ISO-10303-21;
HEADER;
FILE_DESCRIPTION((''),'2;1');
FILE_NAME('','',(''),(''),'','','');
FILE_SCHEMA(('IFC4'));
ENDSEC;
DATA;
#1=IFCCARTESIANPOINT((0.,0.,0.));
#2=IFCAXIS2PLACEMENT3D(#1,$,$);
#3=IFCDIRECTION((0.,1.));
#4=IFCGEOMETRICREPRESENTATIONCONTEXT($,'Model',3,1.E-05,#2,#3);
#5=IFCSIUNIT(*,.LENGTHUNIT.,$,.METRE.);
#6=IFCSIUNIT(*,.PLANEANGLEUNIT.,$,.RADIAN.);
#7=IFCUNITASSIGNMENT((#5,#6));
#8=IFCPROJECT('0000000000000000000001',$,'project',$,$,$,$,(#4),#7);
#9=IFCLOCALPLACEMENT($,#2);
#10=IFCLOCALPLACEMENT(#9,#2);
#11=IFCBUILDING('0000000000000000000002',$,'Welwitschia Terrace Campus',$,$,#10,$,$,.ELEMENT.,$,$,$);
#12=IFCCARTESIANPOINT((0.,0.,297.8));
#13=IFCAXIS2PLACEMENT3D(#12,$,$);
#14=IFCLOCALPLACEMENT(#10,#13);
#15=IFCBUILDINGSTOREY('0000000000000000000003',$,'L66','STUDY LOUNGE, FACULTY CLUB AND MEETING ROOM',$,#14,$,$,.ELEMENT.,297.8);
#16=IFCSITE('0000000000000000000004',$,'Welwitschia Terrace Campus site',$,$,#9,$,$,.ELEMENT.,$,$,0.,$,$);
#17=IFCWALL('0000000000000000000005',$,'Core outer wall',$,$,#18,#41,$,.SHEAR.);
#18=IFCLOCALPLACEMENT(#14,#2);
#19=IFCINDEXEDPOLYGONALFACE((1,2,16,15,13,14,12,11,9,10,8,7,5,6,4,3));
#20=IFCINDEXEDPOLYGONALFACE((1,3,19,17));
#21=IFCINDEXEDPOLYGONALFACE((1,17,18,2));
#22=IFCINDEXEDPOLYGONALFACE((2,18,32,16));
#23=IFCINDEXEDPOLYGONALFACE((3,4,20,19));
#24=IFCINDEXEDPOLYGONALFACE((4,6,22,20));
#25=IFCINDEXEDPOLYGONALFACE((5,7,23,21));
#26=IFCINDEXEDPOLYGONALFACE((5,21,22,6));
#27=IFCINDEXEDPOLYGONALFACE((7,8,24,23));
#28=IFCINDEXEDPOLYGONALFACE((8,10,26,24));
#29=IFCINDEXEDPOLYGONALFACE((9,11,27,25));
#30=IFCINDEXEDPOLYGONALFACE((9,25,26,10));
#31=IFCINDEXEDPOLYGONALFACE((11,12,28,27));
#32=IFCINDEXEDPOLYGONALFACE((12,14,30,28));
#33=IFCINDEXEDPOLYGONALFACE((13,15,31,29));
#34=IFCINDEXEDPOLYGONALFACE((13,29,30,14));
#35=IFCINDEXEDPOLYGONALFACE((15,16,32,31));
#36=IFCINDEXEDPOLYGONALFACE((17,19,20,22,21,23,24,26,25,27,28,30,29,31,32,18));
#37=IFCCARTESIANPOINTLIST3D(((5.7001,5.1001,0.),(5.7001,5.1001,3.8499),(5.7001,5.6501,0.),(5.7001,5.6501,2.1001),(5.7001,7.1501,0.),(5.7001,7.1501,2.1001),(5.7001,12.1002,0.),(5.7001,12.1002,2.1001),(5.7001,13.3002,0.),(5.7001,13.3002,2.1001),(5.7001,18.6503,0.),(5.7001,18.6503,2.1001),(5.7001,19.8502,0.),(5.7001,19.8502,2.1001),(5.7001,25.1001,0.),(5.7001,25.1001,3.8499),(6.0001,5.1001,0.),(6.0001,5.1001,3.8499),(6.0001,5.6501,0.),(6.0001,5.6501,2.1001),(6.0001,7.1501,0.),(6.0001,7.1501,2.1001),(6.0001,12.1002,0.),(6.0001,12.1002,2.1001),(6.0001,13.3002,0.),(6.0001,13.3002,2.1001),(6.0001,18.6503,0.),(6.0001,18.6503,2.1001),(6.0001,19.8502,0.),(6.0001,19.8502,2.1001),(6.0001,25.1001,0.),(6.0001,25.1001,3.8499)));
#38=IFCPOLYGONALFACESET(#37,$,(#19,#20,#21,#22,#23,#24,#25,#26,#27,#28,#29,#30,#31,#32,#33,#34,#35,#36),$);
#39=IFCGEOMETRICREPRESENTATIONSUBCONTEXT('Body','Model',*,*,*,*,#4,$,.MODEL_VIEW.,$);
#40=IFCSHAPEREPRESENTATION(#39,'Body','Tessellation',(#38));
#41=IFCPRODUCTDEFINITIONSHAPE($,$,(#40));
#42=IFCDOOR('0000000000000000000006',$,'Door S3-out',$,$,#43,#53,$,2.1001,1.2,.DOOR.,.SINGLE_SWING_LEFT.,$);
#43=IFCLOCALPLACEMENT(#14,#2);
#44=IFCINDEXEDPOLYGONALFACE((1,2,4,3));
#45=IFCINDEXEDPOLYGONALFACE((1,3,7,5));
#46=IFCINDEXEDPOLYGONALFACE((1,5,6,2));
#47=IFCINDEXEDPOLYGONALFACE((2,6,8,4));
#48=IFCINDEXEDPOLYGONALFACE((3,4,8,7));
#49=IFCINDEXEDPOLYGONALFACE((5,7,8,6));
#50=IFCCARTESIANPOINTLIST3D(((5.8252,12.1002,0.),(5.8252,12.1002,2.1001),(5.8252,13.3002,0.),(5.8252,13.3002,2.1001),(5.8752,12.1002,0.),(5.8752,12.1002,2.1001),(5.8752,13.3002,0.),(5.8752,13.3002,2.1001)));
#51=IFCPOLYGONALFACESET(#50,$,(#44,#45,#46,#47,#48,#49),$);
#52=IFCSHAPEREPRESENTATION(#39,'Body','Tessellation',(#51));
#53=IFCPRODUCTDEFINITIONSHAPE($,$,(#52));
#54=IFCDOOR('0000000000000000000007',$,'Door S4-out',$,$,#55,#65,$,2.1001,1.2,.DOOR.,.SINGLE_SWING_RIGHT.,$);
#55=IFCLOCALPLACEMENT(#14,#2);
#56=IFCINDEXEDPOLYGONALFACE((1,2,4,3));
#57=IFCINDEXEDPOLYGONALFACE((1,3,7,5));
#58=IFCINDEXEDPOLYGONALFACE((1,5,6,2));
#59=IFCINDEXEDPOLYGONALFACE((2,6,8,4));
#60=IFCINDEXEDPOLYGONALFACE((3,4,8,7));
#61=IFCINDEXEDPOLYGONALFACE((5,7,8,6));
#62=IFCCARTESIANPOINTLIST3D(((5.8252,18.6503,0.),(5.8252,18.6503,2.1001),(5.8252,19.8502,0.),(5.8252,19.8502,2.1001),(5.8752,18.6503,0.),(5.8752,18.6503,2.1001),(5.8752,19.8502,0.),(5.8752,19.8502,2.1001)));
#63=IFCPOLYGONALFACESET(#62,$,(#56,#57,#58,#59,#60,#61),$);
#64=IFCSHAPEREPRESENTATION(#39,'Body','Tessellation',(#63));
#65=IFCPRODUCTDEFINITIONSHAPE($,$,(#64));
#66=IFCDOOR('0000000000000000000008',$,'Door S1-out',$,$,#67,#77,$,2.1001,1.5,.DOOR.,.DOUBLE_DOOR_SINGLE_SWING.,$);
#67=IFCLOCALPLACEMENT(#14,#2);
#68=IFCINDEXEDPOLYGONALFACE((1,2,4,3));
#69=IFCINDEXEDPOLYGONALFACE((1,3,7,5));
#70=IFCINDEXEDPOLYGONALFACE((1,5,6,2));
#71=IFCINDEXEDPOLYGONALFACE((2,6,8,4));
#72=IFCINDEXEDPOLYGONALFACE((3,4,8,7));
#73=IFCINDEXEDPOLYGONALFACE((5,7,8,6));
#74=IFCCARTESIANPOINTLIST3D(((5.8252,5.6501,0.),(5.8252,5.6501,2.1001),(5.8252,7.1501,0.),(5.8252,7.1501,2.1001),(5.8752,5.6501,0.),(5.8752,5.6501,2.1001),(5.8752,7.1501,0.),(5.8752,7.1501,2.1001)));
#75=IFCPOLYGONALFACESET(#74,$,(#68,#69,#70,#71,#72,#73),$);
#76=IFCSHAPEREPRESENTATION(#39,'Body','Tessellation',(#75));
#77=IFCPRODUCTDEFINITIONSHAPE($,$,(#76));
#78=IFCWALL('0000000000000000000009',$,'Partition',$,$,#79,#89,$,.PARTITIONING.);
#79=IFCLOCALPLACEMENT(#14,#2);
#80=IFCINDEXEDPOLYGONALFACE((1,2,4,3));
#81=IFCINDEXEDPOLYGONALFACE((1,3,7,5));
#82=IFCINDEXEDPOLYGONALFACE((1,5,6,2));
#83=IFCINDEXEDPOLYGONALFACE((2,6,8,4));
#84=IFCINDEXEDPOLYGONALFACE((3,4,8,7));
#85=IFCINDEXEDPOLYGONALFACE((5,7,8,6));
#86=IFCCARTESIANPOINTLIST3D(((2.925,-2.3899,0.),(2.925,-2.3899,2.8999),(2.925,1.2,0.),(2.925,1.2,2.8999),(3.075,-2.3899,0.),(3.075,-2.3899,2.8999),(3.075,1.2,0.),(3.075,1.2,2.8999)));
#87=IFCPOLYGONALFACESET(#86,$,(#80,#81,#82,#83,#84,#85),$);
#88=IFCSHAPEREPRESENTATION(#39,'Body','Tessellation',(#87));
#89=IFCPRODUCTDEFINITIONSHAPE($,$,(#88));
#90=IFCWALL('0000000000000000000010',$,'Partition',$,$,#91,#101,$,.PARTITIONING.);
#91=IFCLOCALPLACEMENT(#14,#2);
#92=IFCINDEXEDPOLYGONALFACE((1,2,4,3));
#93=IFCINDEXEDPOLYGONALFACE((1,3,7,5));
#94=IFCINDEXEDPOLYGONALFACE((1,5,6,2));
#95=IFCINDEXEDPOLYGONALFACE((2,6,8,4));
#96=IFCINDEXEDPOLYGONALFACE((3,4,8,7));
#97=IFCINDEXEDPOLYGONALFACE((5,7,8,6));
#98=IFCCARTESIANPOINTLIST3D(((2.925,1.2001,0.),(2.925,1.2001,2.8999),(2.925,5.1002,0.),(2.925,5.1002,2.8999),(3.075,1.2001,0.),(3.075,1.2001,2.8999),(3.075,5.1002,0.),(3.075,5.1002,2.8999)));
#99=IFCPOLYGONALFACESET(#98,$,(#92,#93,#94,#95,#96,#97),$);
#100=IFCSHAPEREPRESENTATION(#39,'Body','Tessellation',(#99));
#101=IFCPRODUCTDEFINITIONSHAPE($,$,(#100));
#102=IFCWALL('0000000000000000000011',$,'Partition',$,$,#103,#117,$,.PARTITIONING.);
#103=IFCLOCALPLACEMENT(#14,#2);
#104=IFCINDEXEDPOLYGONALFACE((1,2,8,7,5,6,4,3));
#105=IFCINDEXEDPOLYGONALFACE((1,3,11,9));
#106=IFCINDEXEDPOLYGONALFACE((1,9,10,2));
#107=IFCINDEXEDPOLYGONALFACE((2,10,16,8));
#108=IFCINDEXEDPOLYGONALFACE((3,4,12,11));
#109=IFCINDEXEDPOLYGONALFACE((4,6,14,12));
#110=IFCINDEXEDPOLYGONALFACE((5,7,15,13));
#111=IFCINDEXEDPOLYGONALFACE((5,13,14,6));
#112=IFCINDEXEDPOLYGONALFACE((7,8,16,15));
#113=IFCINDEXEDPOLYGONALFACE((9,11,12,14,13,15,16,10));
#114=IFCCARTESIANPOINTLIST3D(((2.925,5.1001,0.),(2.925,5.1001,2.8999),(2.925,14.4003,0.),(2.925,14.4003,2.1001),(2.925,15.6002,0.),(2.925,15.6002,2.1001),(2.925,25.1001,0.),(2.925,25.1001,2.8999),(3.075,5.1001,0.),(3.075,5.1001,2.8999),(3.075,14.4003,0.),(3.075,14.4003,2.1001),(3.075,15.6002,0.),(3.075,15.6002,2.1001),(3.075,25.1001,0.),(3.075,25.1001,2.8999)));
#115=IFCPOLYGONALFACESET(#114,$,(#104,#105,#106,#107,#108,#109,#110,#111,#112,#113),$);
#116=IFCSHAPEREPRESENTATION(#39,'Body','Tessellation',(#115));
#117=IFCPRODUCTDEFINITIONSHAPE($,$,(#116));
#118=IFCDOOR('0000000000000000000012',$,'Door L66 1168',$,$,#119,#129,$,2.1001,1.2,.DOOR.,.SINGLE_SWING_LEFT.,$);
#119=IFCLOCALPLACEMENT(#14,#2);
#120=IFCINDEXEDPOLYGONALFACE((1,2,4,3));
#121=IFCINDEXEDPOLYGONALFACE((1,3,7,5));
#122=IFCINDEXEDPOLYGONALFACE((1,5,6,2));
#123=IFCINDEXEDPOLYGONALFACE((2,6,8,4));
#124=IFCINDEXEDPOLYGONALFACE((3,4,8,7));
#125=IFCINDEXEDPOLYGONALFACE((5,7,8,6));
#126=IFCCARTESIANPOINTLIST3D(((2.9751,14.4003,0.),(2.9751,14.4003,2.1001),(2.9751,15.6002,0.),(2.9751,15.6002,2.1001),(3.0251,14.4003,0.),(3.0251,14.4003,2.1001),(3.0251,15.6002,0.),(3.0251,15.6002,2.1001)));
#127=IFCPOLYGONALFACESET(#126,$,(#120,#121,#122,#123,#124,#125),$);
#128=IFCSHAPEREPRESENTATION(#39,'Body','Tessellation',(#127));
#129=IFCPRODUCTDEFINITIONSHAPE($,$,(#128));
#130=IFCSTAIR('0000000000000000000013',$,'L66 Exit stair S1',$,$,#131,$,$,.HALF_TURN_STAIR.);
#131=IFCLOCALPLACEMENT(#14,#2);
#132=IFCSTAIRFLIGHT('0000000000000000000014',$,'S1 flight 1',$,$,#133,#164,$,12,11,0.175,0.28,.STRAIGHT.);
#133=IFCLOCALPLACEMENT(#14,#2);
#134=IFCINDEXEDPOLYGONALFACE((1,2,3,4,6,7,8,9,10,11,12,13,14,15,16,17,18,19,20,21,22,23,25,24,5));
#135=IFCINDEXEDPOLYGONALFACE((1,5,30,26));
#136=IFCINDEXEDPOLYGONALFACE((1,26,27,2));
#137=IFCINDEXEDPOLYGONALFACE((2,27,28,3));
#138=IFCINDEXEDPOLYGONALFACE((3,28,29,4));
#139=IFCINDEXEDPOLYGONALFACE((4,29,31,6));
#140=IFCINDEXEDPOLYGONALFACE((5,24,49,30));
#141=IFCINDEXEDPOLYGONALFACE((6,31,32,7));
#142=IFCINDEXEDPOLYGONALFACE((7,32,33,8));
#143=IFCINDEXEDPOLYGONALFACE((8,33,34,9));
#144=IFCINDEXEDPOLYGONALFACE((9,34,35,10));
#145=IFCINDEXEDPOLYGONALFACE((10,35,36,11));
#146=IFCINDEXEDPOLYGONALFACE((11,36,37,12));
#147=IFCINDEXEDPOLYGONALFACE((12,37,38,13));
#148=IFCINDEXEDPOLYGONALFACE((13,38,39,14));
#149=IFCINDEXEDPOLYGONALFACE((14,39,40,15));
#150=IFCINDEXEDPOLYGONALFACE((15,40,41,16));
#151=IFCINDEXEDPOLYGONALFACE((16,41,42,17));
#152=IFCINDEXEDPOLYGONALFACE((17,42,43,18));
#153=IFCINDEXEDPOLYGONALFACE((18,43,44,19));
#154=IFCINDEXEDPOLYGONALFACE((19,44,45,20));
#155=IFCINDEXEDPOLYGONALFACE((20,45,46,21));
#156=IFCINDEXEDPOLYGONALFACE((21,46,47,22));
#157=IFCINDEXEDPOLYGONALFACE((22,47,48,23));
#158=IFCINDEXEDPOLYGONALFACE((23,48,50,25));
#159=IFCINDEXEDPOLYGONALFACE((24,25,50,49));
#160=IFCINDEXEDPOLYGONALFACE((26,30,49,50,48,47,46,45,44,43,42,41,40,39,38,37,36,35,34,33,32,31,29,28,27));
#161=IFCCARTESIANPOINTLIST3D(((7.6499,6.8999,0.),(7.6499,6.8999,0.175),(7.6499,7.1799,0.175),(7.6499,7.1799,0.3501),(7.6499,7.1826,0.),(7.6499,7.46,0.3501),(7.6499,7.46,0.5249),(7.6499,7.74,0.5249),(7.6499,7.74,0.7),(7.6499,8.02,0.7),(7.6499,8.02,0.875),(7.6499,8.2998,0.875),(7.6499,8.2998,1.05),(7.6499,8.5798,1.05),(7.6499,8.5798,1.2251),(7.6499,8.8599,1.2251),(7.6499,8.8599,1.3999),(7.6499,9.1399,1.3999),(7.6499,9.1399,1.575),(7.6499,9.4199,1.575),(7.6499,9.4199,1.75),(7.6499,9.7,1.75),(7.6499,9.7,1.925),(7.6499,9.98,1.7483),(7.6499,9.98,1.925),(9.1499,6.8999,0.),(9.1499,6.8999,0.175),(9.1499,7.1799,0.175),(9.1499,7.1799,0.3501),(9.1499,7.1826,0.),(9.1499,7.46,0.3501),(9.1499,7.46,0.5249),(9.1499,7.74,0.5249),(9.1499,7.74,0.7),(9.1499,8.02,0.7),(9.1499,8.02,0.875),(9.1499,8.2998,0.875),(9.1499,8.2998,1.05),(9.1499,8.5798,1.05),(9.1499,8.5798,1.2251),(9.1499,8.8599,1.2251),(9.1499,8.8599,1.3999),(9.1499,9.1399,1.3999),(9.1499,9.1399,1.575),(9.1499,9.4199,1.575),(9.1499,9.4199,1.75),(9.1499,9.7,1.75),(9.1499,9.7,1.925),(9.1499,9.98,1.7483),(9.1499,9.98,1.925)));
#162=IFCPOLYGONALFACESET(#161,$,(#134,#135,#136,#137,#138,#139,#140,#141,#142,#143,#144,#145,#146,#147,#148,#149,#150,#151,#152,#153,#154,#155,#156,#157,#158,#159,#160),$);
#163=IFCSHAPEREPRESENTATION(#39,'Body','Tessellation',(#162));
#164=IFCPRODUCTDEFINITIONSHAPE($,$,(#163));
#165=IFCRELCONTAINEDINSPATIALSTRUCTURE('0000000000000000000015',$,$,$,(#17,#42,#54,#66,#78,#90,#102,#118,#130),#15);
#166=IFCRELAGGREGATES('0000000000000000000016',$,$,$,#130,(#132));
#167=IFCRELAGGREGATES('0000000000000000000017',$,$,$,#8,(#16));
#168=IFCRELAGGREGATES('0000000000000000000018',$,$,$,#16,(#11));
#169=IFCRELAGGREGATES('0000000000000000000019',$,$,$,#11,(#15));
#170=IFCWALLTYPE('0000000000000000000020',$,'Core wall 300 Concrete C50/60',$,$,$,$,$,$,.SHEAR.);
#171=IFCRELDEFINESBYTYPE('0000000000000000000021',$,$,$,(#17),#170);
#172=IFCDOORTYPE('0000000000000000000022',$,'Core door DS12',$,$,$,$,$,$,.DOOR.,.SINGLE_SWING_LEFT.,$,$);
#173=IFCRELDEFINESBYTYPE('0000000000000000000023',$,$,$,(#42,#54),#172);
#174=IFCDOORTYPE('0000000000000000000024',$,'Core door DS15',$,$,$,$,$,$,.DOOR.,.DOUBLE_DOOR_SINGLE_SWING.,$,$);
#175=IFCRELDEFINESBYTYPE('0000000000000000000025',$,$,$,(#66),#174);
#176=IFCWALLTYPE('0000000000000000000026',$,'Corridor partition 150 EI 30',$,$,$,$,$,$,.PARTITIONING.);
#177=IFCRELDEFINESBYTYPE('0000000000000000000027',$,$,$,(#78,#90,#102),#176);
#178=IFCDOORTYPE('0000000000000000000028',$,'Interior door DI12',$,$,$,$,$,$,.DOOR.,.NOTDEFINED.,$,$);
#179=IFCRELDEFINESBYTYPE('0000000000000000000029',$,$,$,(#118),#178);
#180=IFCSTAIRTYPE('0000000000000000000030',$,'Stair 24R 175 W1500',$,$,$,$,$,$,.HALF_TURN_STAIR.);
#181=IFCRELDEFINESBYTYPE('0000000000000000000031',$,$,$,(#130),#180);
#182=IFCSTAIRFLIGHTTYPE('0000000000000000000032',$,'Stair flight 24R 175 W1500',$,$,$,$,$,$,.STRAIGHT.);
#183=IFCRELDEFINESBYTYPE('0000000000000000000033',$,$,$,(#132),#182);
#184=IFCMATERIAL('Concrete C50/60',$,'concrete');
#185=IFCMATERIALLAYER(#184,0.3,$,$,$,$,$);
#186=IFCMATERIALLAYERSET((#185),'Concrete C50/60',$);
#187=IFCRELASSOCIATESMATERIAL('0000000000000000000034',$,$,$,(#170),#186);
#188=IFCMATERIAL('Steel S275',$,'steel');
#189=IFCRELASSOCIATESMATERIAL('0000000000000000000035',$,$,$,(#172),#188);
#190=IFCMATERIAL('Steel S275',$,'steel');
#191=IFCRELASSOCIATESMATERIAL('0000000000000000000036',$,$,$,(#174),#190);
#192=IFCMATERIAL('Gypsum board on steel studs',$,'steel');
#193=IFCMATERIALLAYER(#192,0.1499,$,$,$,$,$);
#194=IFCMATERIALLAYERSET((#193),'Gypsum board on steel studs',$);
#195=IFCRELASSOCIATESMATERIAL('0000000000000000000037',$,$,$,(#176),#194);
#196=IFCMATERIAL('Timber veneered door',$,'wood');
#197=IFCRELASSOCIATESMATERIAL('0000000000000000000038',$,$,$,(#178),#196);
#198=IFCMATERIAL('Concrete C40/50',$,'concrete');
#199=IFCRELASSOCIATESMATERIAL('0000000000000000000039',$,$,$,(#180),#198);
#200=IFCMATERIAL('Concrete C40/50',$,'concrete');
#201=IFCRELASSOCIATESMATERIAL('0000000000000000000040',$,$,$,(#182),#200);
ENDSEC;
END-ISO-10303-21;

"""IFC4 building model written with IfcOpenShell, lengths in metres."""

from ifc_helpers import new_model, si_unit, direction, frame, frame_2d, origin, place, context, subcontext, project, spatial, polyline, rectangle, outline, extrude, material, layer, layer_set, type_object, element, fill, aggregate, save


model = new_model("IFC4")

# Units and contexts
model_context = context("Model", 3, precision=1e-05, world=origin(), true_north=direction((0.0, 1.0)))
body_context = subcontext(model_context, "Body", "Model", "MODEL_VIEW")
ifc_project = project(units=[si_unit("LENGTHUNIT", "METRE"), si_unit("PLANEANGLEUNIT", "RADIAN")], contexts=[model_context])

# Site, building, storey
site_placement = place(None, origin())
site = spatial("IfcSite", under=ifc_project, at=site_placement, Name="Welwitschia Terrace Campus site", CompositionType="ELEMENT", RefElevation=0.0)
building_placement = place(site_placement, origin())
building = spatial("IfcBuilding", under=site, at=building_placement, Name="Welwitschia Terrace Campus", CompositionType="ELEMENT")
storey_placement = place(building_placement, frame((0.0, 0.0, 297.8)))
storey = spatial("IfcBuildingStorey", under=building, at=storey_placement, Name="L66", Description="STUDY LOUNGE, FACULTY CLUB AND MEETING ROOM", CompositionType="ELEMENT", Elevation=297.8)

# Wall, openings, doors
ifc_material_1 = material(Name="Concrete C50/60", Category="concrete")
ifc_layer_1 = layer(ifc_material_1, 0.3)
ifc_layer_set_1 = layer_set([ifc_layer_1], Name="Concrete C50/60")
wall_type_1 = type_object("IfcWallType", Name="Core wall 300 Concrete C50/60", PredefinedType="SHEAR", material=ifc_layer_set_1)
wall_1_placement = place(storey_placement, frame((5.8501, 5.1001, 0.0), z_axis=(0.0, 0.0, 1.0), x_axis=(0.0, 1.0, 0.0)))
wall_1 = element("IfcWall", 1, at=wall_1_placement, inside=storey, type_object=wall_type_1, Name="Core outer wall", PredefinedType="SHEAR", context=body_context, shape_type="SweptSolid", body=[
    extrude(rectangle(XDim=20.0, YDim=0.3, at=frame_2d((10.0, 0.0))), origin(), (0.0, 0.0, 1.0), 3.8499),
])
opening_1_placement = place(wall_1_placement, frame((0.55, 0.0, 0.0)))
opening_1 = element("IfcOpeningElement", 2, at=opening_1_placement, cuts=wall_1, PredefinedType="OPENING", context=body_context, shape_type="SweptSolid", body=[
    extrude(rectangle(XDim=1.5, YDim=2.1001, at=frame_2d((0.75, 1.05))), frame((0.0, 0.1599, 0.0), z_axis=(0.0, -1.0, 0.0), x_axis=(1.0, 0.0, 0.0)), (0.0, 0.0, 1.0), 0.3201),
])
opening_2_placement = place(wall_1_placement, frame((7.0, 0.0, 0.0)))
opening_2 = element("IfcOpeningElement", 3, at=opening_2_placement, cuts=wall_1, PredefinedType="OPENING", context=body_context, shape_type="SweptSolid", body=[
    extrude(rectangle(XDim=1.2, YDim=2.1001, at=frame_2d((0.6001, 1.05))), frame((0.0, 0.1599, 0.0), z_axis=(0.0, -1.0, 0.0), x_axis=(1.0, 0.0, 0.0)), (0.0, 0.0, 1.0), 0.3201),
])
opening_3_placement = place(wall_1_placement, frame((13.55, 0.0, 0.0)))
opening_3 = element("IfcOpeningElement", 4, at=opening_3_placement, cuts=wall_1, PredefinedType="OPENING", context=body_context, shape_type="SweptSolid", body=[
    extrude(rectangle(XDim=1.2, YDim=2.1001, at=frame_2d((0.6001, 1.05))), frame((0.0, 0.1599, 0.0), z_axis=(0.0, -1.0, 0.0), x_axis=(1.0, 0.0, 0.0)), (0.0, 0.0, 1.0), 0.3201),
])
ifc_material_2 = material(Name="Steel S275", Category="steel")
door_type_1 = type_object("IfcDoorType", Name="Core door DS12", OperationType="SINGLE_SWING_LEFT", PredefinedType="DOOR", material=ifc_material_2)
door_1_placement = place(opening_2_placement, origin())
door_1 = element("IfcDoor", 5, at=door_1_placement, inside=storey, type_object=door_type_1, Name="Door S3-out", OperationType="SINGLE_SWING_LEFT", OverallHeight=2.1001, OverallWidth=1.2, PredefinedType="DOOR", context=body_context, shape_type="SweptSolid", body=[
    extrude(rectangle(XDim=1.2, YDim=2.1001, at=frame_2d((0.6001, 1.05))), frame((0.0, 0.0249, 0.0), z_axis=(0.0, -1.0, 0.0), x_axis=(1.0, 0.0, 0.0)), (0.0, 0.0, 1.0), 0.05),
])
fill(opening_2, door_1)
door_2_placement = place(opening_3_placement, origin())
door_2 = element("IfcDoor", 6, at=door_2_placement, inside=storey, type_object=door_type_1, Name="Door S4-out", OperationType="SINGLE_SWING_RIGHT", OverallHeight=2.1001, OverallWidth=1.2, PredefinedType="DOOR", context=body_context, shape_type="SweptSolid", body=[
    extrude(rectangle(XDim=1.2, YDim=2.1001, at=frame_2d((0.6001, 1.05))), frame((0.0, 0.0249, 0.0), z_axis=(0.0, -1.0, 0.0), x_axis=(1.0, 0.0, 0.0)), (0.0, 0.0, 1.0), 0.05),
])
fill(opening_3, door_2)
ifc_material_3 = material(Name="Steel S275", Category="steel")
door_type_2 = type_object("IfcDoorType", Name="Core door DS15", OperationType="DOUBLE_DOOR_SINGLE_SWING", PredefinedType="DOOR", material=ifc_material_3)
door_3_placement = place(opening_1_placement, origin())
door_3 = element("IfcDoor", 7, at=door_3_placement, inside=storey, type_object=door_type_2, Name="Door S1-out", OperationType="DOUBLE_DOOR_SINGLE_SWING", OverallHeight=2.1001, OverallWidth=1.5, PredefinedType="DOOR", context=body_context, shape_type="SweptSolid", body=[
    extrude(rectangle(XDim=1.5, YDim=2.1001, at=frame_2d((0.75, 1.05))), frame((0.0, 0.0249, 0.0), z_axis=(0.0, -1.0, 0.0), x_axis=(1.0, 0.0, 0.0)), (0.0, 0.0, 1.0), 0.05),
])
fill(opening_1, door_3)

# Walls
ifc_material_4 = material(Name="Gypsum board on steel studs", Category="steel")
ifc_layer_2 = layer(ifc_material_4, 0.1499)
ifc_layer_set_2 = layer_set([ifc_layer_2], Name="Gypsum board on steel studs")
wall_type_2 = type_object("IfcWallType", Name="Corridor partition 150 EI 30", PredefinedType="PARTITIONING", material=ifc_layer_set_2)
wall_2_placement = place(storey_placement, frame((3.0, -2.3899, 0.0), z_axis=(0.0, 0.0, 1.0), x_axis=(0.0, 1.0, 0.0)))
element("IfcWall", 8, at=wall_2_placement, inside=storey, type_object=wall_type_2, Name="Partition", PredefinedType="PARTITIONING", context=body_context, shape_type="SweptSolid", body=[
    extrude(rectangle(XDim=3.5898, YDim=0.1499, at=frame_2d((1.7949, 0.0))), origin(), (0.0, 0.0, 1.0), 2.8999),
])
wall_3_placement = place(storey_placement, frame((3.0, 1.2, 0.0), z_axis=(0.0, 0.0, 1.0), x_axis=(0.0, 1.0, 0.0)))
element("IfcWall", 9, at=wall_3_placement, inside=storey, type_object=wall_type_2, Name="Partition", PredefinedType="PARTITIONING", context=body_context, shape_type="SweptSolid", body=[
    extrude(rectangle(XDim=3.9001, YDim=0.1499, at=frame_2d((1.9502, 0.0))), origin(), (0.0, 0.0, 1.0), 2.8999),
])

# Wall, opening, door
wall_4_placement = place(storey_placement, frame((3.0, 5.1001, 0.0), z_axis=(0.0, 0.0, 1.0), x_axis=(0.0, 1.0, 0.0)))
wall_4 = element("IfcWall", 10, at=wall_4_placement, inside=storey, type_object=wall_type_2, Name="Partition", PredefinedType="PARTITIONING", context=body_context, shape_type="SweptSolid", body=[
    extrude(rectangle(XDim=20.0, YDim=0.1499, at=frame_2d((10.0, 0.0))), origin(), (0.0, 0.0, 1.0), 2.8999),
])
opening_4_placement = place(wall_4_placement, frame((9.3, 0.0, 0.0)))
opening_4 = element("IfcOpeningElement", 11, at=opening_4_placement, cuts=wall_4, PredefinedType="OPENING", context=body_context, shape_type="SweptSolid", body=[
    extrude(rectangle(XDim=1.2, YDim=2.1001, at=frame_2d((0.6001, 1.05))), frame((0.0, 0.085, 0.0), z_axis=(0.0, -1.0, 0.0), x_axis=(1.0, 0.0, 0.0)), (0.0, 0.0, 1.0), 0.1699),
])
ifc_material_5 = material(Name="Timber veneered door", Category="wood")
door_type_3 = type_object("IfcDoorType", Name="Interior door DI12", OperationType="NOTDEFINED", PredefinedType="DOOR", material=ifc_material_5)
door_4_placement = place(opening_4_placement, origin())
door_4 = element("IfcDoor", 12, at=door_4_placement, inside=storey, type_object=door_type_3, Name="Door L66 1168", OperationType="SINGLE_SWING_LEFT", OverallHeight=2.1001, OverallWidth=1.2, PredefinedType="DOOR", context=body_context, shape_type="SweptSolid", body=[
    extrude(rectangle(XDim=1.2, YDim=2.1001, at=frame_2d((0.6001, 1.05))), frame((0.0, 0.0249, 0.0), z_axis=(0.0, -1.0, 0.0), x_axis=(1.0, 0.0, 0.0)), (0.0, 0.0, 1.0), 0.05),
])
fill(opening_4, door_4)

# Stair, stair flight
ifc_material_6 = material(Name="Concrete C40/50", Category="concrete")
stair_type = type_object("IfcStairType", Name="Stair 24R 175 W1500", PredefinedType="HALF_TURN_STAIR", material=ifc_material_6)
stair_placement = place(storey_placement, origin())
stair = element("IfcStair", 13, at=stair_placement, inside=storey, type_object=stair_type, Name="L66 Exit stair S1", PredefinedType="HALF_TURN_STAIR")
ifc_material_7 = material(Name="Concrete C40/50", Category="concrete")
stair_flight_type = type_object("IfcStairFlightType", Name="Stair flight 24R 175 W1500", PredefinedType="STRAIGHT", material=ifc_material_7)
stair_flight_placement = place(storey_placement, frame((8.3999, 6.8999, 0.0), z_axis=(0.0, 0.0, 1.0), x_axis=(0.0, 1.0, 0.0)))
stair_flight = element("IfcStairFlight", 14, at=stair_flight_placement, type_object=stair_flight_type, Name="S1 flight 1", NumberOfRisers=12, NumberOfTreads=11, PredefinedType="STRAIGHT", RiserHeight=0.175, TreadLength=0.28, context=body_context, shape_type="SweptSolid", body=[
    extrude(outline(polyline([(0.0, 0.0), (0.0, 0.175), (0.28, 0.175), (0.28, 0.3501), (0.5601, 0.3501), (0.5601, 0.5249), (0.8401, 0.5249), (0.8401, 0.7), (1.1201, 0.7), (1.1201, 0.875), (1.3999, 0.875), (1.3999, 1.05), (1.6799, 1.05), (1.6799, 1.2251), (1.96, 1.2251), (1.96, 1.3999), (2.24, 1.3999), (2.24, 1.575), (2.52, 1.575), (2.52, 1.75), (2.8, 1.75), (2.8, 1.925), (3.0801, 1.925), (3.0801, 2.1001), (3.0801, 1.7483), (0.2827, 0.0), (0.0, 0.0)])), frame((0.0, 0.75, 0.0), z_axis=(0.0, -1.0, 0.0), x_axis=(1.0, 0.0, 0.0)), (0.0, 0.0, 1.0), 1.5),
])
aggregate(stair, [stair_flight])

save(model, "model.ifc")
